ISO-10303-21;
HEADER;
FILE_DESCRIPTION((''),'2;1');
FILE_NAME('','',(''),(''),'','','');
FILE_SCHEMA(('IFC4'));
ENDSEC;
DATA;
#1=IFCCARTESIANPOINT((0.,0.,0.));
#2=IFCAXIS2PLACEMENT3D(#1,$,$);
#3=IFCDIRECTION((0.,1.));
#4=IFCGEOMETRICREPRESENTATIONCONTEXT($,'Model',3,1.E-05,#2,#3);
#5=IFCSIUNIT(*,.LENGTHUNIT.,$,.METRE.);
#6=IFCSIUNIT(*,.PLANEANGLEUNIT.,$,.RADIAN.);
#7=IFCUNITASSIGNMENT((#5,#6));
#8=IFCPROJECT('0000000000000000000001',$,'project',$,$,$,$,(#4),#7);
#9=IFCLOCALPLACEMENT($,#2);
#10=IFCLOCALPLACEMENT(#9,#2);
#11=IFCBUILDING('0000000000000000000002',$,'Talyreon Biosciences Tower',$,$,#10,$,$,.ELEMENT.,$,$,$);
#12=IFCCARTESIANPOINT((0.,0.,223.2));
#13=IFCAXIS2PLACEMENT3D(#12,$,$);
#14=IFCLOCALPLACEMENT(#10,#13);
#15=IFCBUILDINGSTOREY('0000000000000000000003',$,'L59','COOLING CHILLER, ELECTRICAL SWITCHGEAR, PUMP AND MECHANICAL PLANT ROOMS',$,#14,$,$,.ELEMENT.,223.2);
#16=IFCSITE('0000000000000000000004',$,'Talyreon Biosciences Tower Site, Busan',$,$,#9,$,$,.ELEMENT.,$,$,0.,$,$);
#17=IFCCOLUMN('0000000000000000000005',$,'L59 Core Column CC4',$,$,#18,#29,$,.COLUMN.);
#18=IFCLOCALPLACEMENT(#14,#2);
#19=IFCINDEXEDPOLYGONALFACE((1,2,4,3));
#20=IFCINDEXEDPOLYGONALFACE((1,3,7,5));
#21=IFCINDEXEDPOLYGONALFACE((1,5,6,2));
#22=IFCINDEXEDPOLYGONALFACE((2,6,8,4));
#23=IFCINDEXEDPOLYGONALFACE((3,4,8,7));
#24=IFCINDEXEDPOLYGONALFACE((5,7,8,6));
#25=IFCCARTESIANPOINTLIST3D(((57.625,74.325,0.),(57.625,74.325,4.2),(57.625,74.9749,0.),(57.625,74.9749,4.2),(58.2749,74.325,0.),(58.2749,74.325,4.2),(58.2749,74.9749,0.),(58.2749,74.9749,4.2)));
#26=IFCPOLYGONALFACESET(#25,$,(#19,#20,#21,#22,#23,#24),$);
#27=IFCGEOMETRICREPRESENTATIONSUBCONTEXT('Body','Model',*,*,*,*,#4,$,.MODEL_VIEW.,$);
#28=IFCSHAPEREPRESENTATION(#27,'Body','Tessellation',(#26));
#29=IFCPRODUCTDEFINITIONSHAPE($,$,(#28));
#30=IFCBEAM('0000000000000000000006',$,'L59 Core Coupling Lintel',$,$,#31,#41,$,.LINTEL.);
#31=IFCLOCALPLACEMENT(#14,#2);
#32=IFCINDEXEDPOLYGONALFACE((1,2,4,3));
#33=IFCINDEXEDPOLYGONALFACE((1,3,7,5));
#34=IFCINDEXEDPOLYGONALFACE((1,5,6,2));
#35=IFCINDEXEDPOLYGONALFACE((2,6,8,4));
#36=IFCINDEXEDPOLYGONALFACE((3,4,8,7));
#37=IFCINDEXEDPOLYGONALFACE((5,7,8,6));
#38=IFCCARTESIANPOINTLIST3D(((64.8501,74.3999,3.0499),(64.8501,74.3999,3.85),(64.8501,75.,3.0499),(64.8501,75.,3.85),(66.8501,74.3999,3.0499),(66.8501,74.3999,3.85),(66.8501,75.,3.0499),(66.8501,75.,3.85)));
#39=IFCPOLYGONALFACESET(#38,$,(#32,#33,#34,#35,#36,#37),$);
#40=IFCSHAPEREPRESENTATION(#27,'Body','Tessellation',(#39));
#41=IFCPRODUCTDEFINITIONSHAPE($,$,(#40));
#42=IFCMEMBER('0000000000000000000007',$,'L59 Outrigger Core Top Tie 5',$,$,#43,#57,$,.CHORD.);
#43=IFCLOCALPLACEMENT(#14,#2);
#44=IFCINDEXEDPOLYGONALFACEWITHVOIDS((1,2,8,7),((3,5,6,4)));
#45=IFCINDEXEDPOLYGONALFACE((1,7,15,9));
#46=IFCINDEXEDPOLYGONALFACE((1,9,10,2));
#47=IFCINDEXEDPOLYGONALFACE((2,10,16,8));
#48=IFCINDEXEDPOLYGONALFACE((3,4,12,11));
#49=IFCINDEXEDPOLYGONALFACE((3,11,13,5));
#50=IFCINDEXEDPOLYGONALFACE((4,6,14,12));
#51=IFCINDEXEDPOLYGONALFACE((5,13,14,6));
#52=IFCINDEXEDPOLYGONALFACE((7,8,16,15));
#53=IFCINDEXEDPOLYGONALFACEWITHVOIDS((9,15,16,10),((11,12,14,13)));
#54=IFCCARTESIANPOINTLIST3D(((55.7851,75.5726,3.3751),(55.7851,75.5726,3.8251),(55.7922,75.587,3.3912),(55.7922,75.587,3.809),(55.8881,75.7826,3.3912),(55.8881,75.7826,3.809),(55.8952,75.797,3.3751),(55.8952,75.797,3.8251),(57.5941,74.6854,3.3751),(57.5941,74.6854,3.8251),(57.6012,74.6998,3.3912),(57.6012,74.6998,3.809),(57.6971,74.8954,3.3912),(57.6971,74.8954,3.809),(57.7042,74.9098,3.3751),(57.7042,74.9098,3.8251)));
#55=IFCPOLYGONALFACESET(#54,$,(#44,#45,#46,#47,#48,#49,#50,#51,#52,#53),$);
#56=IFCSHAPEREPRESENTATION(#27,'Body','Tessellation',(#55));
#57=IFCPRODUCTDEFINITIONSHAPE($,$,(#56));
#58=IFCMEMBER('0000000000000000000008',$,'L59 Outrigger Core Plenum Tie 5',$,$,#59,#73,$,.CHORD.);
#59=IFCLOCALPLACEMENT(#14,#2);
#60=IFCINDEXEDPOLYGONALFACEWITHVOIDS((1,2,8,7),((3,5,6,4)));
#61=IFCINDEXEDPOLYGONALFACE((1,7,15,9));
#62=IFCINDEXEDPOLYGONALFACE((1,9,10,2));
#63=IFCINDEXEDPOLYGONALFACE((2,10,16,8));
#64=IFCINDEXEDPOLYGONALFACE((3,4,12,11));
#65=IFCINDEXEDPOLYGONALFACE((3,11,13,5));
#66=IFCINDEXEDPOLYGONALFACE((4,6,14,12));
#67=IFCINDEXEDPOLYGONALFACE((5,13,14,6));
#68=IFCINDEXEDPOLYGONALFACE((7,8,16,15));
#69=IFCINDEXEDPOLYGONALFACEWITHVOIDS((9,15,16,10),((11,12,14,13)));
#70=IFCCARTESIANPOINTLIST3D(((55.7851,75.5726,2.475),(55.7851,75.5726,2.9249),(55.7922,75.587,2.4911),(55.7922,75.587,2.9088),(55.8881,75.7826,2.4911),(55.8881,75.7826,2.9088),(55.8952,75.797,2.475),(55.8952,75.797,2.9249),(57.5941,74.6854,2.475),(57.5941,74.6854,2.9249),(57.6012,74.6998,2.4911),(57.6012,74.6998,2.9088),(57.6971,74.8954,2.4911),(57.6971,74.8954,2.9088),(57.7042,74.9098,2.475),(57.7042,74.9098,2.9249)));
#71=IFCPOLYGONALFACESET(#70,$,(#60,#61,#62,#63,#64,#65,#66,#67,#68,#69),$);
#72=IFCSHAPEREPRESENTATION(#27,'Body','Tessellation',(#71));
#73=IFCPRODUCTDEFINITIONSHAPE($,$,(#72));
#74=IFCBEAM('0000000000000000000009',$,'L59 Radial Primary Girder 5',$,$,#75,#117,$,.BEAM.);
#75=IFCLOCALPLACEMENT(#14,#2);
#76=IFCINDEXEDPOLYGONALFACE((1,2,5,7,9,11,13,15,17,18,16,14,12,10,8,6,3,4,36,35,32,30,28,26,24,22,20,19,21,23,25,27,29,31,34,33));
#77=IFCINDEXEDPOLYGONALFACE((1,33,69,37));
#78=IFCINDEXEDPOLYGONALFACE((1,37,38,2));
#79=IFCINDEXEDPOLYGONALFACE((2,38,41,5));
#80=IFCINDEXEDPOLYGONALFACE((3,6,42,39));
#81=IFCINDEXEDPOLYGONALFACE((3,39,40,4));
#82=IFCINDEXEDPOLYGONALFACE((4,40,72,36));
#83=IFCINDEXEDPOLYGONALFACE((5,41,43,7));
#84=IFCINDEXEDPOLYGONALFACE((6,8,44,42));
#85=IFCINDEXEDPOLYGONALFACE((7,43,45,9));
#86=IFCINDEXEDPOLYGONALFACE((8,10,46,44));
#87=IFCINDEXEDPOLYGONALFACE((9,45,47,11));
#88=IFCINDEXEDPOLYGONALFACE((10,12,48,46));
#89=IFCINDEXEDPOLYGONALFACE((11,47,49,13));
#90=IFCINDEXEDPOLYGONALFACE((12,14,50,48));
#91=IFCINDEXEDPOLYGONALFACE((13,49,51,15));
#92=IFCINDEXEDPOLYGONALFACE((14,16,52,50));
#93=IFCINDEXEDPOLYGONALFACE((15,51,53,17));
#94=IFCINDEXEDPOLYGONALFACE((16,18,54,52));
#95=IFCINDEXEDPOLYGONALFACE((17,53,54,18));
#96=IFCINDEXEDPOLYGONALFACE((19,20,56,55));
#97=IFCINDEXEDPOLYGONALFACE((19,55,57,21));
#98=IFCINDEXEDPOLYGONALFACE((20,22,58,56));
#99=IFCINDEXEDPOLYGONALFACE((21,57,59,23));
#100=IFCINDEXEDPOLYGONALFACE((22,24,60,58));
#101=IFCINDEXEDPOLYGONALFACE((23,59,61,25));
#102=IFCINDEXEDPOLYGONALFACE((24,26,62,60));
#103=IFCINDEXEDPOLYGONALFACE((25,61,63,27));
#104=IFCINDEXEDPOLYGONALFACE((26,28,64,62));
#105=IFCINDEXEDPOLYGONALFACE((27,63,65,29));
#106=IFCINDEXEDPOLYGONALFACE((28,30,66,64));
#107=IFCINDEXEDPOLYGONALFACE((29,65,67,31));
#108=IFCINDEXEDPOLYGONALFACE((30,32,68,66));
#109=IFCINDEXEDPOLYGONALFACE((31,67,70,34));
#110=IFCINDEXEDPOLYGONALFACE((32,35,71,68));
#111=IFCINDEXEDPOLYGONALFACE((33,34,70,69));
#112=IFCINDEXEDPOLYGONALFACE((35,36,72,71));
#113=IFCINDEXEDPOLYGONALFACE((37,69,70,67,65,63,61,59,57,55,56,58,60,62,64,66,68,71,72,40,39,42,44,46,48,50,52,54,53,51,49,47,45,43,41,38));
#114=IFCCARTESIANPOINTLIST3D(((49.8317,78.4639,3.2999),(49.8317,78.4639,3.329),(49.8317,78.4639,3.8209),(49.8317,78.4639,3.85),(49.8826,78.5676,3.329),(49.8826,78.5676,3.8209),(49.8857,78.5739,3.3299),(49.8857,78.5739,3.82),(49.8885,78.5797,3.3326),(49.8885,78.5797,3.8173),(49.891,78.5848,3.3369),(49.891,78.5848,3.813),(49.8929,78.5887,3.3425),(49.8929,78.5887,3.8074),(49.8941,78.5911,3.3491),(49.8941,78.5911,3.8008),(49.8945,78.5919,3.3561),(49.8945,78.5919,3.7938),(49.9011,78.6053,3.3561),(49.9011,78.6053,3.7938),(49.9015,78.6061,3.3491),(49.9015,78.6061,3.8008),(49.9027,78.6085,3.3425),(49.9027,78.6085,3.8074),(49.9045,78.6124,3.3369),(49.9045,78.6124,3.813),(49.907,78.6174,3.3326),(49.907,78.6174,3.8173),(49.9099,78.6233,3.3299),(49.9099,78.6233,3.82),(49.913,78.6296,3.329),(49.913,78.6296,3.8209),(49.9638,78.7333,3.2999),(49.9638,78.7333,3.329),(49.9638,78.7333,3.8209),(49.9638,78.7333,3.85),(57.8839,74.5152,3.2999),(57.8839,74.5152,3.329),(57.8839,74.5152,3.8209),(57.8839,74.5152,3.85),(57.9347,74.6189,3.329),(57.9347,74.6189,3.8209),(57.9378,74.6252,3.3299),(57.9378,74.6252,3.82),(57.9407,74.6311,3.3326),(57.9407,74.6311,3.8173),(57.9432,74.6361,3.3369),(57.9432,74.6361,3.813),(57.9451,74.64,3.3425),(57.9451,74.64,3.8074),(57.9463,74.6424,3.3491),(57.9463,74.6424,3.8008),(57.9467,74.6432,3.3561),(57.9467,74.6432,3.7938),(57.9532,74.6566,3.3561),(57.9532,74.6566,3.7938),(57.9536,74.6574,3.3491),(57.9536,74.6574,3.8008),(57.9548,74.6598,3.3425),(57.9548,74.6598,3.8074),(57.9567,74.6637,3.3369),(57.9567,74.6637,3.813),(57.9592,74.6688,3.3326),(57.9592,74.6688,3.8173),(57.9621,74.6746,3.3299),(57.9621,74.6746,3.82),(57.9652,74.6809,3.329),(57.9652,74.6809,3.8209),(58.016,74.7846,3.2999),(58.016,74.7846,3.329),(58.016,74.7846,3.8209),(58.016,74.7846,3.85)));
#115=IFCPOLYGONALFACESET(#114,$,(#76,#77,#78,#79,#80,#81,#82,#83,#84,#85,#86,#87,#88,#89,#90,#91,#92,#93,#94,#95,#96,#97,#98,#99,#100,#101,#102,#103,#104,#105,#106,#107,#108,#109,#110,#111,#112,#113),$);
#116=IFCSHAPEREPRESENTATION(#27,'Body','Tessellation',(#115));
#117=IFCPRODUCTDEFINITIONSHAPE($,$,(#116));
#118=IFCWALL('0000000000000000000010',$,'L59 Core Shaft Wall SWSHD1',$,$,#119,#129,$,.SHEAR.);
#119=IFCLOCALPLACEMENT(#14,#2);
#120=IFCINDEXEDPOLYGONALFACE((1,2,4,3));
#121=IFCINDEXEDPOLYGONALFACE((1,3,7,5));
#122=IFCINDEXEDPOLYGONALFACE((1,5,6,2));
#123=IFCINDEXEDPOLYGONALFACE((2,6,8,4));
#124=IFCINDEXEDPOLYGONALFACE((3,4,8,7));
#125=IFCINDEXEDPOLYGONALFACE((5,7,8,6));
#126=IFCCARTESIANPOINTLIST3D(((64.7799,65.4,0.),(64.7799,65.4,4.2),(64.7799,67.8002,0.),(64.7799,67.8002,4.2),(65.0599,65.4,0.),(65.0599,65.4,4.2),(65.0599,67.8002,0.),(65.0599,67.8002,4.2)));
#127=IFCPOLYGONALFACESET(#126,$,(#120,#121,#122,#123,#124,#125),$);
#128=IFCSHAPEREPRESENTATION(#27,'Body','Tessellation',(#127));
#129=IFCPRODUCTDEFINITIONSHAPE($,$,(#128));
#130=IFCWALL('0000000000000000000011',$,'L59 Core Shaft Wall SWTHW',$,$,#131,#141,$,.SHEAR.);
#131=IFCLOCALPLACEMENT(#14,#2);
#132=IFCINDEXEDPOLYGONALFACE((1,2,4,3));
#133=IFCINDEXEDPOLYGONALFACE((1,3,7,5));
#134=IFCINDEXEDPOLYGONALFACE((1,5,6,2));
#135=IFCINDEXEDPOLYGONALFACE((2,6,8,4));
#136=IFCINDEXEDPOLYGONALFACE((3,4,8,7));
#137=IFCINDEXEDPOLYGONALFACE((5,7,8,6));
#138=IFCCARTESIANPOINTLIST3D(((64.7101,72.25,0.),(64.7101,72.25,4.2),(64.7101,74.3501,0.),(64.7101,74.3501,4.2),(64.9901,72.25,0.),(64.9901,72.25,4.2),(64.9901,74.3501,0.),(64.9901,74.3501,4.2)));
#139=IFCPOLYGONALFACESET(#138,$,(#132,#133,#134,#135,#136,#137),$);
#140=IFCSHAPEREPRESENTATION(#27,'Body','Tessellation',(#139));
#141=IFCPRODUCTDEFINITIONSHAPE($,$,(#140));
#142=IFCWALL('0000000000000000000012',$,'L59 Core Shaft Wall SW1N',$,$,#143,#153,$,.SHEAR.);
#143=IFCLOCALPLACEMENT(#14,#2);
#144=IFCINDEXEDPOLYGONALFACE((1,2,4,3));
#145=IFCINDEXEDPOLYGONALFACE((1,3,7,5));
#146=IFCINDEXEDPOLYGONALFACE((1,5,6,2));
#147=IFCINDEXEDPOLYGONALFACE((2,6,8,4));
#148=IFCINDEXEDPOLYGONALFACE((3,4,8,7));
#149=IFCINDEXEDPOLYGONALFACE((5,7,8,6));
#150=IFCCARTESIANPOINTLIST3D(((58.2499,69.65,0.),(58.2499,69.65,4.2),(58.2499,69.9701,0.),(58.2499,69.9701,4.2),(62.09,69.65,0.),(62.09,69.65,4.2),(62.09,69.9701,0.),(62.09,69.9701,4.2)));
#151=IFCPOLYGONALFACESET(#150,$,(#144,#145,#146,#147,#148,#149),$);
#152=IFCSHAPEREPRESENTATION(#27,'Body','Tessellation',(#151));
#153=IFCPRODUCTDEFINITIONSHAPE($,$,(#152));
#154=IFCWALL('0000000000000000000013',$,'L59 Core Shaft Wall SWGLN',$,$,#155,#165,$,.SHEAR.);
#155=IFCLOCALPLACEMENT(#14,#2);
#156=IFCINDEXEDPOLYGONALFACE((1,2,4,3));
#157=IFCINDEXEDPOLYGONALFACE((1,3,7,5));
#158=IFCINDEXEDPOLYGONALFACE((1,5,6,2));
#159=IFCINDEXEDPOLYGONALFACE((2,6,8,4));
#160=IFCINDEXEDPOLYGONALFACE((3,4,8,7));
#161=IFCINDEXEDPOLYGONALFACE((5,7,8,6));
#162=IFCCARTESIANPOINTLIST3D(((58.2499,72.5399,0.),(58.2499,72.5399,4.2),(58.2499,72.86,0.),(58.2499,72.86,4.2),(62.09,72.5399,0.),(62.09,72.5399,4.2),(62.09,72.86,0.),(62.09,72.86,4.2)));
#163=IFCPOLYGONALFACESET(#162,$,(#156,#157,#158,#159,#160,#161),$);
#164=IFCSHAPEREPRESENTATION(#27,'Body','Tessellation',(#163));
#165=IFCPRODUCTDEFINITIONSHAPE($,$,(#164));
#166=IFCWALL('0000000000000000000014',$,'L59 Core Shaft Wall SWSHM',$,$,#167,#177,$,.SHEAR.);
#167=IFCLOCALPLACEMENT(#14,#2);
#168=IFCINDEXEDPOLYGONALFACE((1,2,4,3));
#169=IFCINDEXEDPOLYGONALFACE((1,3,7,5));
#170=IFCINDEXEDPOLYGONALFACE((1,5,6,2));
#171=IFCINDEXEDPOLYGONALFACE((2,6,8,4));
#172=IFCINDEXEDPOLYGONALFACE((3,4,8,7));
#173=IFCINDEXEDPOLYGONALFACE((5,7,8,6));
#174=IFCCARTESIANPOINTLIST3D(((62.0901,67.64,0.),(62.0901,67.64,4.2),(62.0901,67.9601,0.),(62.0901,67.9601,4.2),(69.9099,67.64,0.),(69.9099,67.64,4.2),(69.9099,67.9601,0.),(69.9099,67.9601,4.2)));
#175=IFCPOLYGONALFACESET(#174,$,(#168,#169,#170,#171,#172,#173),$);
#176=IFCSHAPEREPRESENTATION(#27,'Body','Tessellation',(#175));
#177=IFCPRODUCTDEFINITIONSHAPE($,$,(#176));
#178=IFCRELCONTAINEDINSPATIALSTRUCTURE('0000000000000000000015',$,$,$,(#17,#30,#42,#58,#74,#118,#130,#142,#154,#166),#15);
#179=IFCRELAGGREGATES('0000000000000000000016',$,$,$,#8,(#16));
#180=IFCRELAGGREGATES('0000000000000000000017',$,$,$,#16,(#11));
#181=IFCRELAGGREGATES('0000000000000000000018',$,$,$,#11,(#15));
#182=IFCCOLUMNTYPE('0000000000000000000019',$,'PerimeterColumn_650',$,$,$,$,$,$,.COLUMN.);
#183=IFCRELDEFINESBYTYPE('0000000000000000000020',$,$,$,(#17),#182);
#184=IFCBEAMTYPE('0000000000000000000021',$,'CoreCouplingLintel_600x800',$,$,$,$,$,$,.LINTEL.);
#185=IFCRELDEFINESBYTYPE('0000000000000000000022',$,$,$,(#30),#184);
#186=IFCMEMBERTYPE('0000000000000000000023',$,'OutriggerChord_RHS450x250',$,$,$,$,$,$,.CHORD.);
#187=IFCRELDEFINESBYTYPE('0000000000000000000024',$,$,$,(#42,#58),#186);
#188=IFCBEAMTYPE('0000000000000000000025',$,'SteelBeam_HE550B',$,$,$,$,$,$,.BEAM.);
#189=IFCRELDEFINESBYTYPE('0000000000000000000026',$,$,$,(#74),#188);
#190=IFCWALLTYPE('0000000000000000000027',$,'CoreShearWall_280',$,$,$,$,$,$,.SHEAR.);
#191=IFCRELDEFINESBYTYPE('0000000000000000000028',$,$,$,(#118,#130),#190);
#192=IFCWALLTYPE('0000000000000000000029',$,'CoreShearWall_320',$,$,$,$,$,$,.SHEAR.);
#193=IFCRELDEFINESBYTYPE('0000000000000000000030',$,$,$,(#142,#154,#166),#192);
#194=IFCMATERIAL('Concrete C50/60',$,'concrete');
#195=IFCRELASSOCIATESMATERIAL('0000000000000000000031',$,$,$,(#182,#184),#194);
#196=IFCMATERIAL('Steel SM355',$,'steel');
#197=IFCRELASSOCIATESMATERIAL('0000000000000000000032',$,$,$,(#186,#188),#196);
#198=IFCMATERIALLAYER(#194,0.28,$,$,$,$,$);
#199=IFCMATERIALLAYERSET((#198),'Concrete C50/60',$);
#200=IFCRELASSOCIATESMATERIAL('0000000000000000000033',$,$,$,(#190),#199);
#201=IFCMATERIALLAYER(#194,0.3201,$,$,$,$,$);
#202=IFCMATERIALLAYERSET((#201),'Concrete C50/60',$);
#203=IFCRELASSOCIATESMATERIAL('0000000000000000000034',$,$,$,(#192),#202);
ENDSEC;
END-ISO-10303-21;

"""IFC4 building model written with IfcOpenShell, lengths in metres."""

from ifc_helpers import new_model, si_unit, direction, frame, frame_2d, origin, origin_2d, place, context, subcontext, project, spatial, rectangle, hollow_rectangle, i_section, extrude, material, layer, layer_set, material_profile, profile_set, type_object, element, save


model = new_model("IFC4")

# Units and contexts
model_context = context("Model", 3, precision=1e-05, world=origin(), true_north=direction((0.0, 1.0)))
body_context = subcontext(model_context, "Body", "Model", "MODEL_VIEW")
ifc_project = project(units=[si_unit("LENGTHUNIT", "METRE"), si_unit("PLANEANGLEUNIT", "RADIAN")], contexts=[model_context])

# Site, building, storey
site_placement = place(None, origin())
site = spatial("IfcSite", under=ifc_project, at=site_placement, Name="Talyreon Biosciences Tower Site, Busan", CompositionType="ELEMENT", RefElevation=0.0)
building_placement = place(site_placement, origin())
building = spatial("IfcBuilding", under=site, at=building_placement, Name="Talyreon Biosciences Tower", CompositionType="ELEMENT")
storey_placement = place(building_placement, frame((0.0, 0.0, 223.2)))
storey = spatial("IfcBuildingStorey", under=building, at=storey_placement, Name="L59", Description="COOLING CHILLER, ELECTRICAL SWITCHGEAR, PUMP AND MECHANICAL PLANT ROOMS", CompositionType="ELEMENT", Elevation=223.2)

# Column
ifc_material_1 = material(Name="Concrete C50/60", Category="concrete")
ifc_material_profile_1 = material_profile(ifc_material_1, rectangle(XDim=0.6499, YDim=0.6499, at=origin_2d()), Name="RC 650x650")
ifc_profile_set_1 = profile_set([ifc_material_profile_1], Name="Concrete C50/60")
column_type = type_object("IfcColumnType", Name="PerimeterColumn_650", PredefinedType="COLUMN", material=ifc_profile_set_1)
column_placement = place(storey_placement, frame((57.95, 74.6499, 0.0), z_axis=(0.0, 0.0, 1.0), x_axis=(1.0, 0.0, 0.0)))
element("IfcColumn", 1, at=column_placement, inside=storey, type_object=column_type, Name="L59 Core Column CC4", PredefinedType="COLUMN", context=body_context, shape_type="SweptSolid", body=[
    extrude(rectangle(XDim=0.6499, YDim=0.6499, at=origin_2d()), origin(), (0.0, 0.0, 1.0), 4.2),
])

# Beam
ifc_material_profile_2 = material_profile(ifc_material_1, rectangle(XDim=0.6001, YDim=0.8, at=origin_2d()), Name="RCB 600x800")
ifc_profile_set_2 = profile_set([ifc_material_profile_2], Name="Concrete C50/60")
beam_type_1 = type_object("IfcBeamType", Name="CoreCouplingLintel_600x800", PredefinedType="LINTEL", material=ifc_profile_set_2)
beam_1_placement = place(storey_placement, frame((64.8501, 74.7, 3.45), z_axis=(1.0, 0.0, 0.0), x_axis=(0.0, 1.0, 0.0)))
element("IfcBeam", 2, at=beam_1_placement, inside=storey, type_object=beam_type_1, Name="L59 Core Coupling Lintel", PredefinedType="LINTEL", context=body_context, shape_type="SweptSolid", body=[
    extrude(rectangle(XDim=0.6001, YDim=0.8, at=origin_2d()), origin(), (0.0, 0.0, 1.0), 2.0),
])

# Members
ifc_material_2 = material(Name="Steel SM355", Category="steel")
ifc_material_profile_3 = material_profile(ifc_material_2, hollow_rectangle(XDim=0.25, YDim=0.45, WallThickness=0.0161, at=origin_2d()), Name="RHS 450x250x16")
ifc_profile_set_3 = profile_set([ifc_material_profile_3], Name="Steel SM355")
member_type = type_object("IfcMemberType", Name="OutriggerChord_RHS450x250", PredefinedType="CHORD", material=ifc_profile_set_3)
for number, where, z_axis, x_axis, name in (
    (3, (57.6492, 74.7976, 3.6001), (-0.897842, 0.440318, 0.0), (-0.440318, -0.897842, 0.0), "L59 Outrigger Core Top Tie 5"),
    (4, (57.6492, 74.7976, 2.7), (-0.897842, 0.440318, 0.0), (-0.440318, -0.897842, 0.0), "L59 Outrigger Core Plenum Tie 5"),
):
    element("IfcMember", number, at=place(storey_placement, frame(where, z_axis=z_axis, x_axis=x_axis)), inside=storey, type_object=member_type, Name=name, PredefinedType="CHORD", context=body_context, shape_type="SweptSolid", body=[
        extrude(hollow_rectangle(XDim=0.25, YDim=0.45, WallThickness=0.0161, at=origin_2d()), origin(), (0.0, 0.0, 1.0), 2.0149),
    ])

# Beam
ifc_material_profile_4 = material_profile(ifc_material_2, i_section(OverallWidth=0.3, OverallDepth=0.55, WebThickness=0.0149, FlangeThickness=0.0291, FilletRadius=0.0271, at=origin_2d()), Name="HE550B")
ifc_profile_set_4 = profile_set([ifc_material_profile_4], Name="Steel SM355")
beam_type_2 = type_object("IfcBeamType", Name="SteelBeam_HE550B", PredefinedType="BEAM", material=ifc_profile_set_4)
beam_2_placement = place(storey_placement, frame((57.95, 74.6499, 3.575), z_axis=(-0.897852, 0.440297, 0.0), x_axis=(-0.440297, -0.897852, 0.0)))
element("IfcBeam", 5, at=beam_2_placement, inside=storey, type_object=beam_type_2, Name="L59 Radial Primary Girder 5", PredefinedType="BEAM", context=body_context, shape_type="SweptSolid", body=[
    extrude(i_section(OverallWidth=0.3, OverallDepth=0.55, WebThickness=0.0149, FlangeThickness=0.0291, FilletRadius=0.0271, at=origin_2d()), origin(), (0.0, 0.0, 1.0), 8.9683),
])

# Walls
ifc_layer_1 = layer(ifc_material_1, 0.28)
ifc_layer_set_1 = layer_set([ifc_layer_1], Name="Concrete C50/60")
wall_type_1 = type_object("IfcWallType", Name="CoreShearWall_280", PredefinedType="SHEAR", material=ifc_layer_set_1)
wall_1_placement = place(storey_placement, frame((64.9199, 65.3999, 0.0), z_axis=(0.0, 0.0, 1.0), x_axis=(0.0, 1.0, 0.0)))
element("IfcWall", 6, at=wall_1_placement, inside=storey, type_object=wall_type_1, Name="L59 Core Shaft Wall SWSHD1", PredefinedType="SHEAR", context=body_context, shape_type="SweptSolid", body=[
    extrude(rectangle(XDim=2.4001, YDim=0.28, at=frame_2d((1.2002, 0.0))), origin(), (0.0, 0.0, 1.0), 4.2),
])
wall_2_placement = place(storey_placement, frame((64.8501, 72.25, 0.0), z_axis=(0.0, 0.0, 1.0), x_axis=(0.0, 1.0, 0.0)))
element("IfcWall", 7, at=wall_2_placement, inside=storey, type_object=wall_type_1, Name="L59 Core Shaft Wall SWTHW", PredefinedType="SHEAR", context=body_context, shape_type="SweptSolid", body=[
    extrude(rectangle(XDim=2.1001, YDim=0.28, at=frame_2d((1.05, 0.0))), origin(), (0.0, 0.0, 1.0), 4.2),
])
ifc_layer_2 = layer(ifc_material_1, 0.3201)
ifc_layer_set_2 = layer_set([ifc_layer_2], Name="Concrete C50/60")
wall_type_2 = type_object("IfcWallType", Name="CoreShearWall_320", PredefinedType="SHEAR", material=ifc_layer_set_2)
for number, where, z_axis, x_axis, name in (
    (8, (58.25, 69.8101, 0.0), (0.0, 0.0, 1.0), (1.0, 0.0, 0.0), "L59 Core Shaft Wall SW1N"),
    (9, (58.25, 72.7, 0.0), (0.0, 0.0, 1.0), (1.0, 0.0, 0.0), "L59 Core Shaft Wall SWGLN"),
):
    element("IfcWall", number, at=place(storey_placement, frame(where, z_axis=z_axis, x_axis=x_axis)), inside=storey, type_object=wall_type_2, Name=name, PredefinedType="SHEAR", context=body_context, shape_type="SweptSolid", body=[
        extrude(rectangle(XDim=3.8401, YDim=0.3201, at=frame_2d((1.9199, 0.0))), origin(), (0.0, 0.0, 1.0), 4.2),
    ])
wall_3_placement = place(storey_placement, frame((62.0901, 67.8, 0.0), z_axis=(0.0, 0.0, 1.0), x_axis=(1.0, 0.0, 0.0)))
element("IfcWall", 10, at=wall_3_placement, inside=storey, type_object=wall_type_2, Name="L59 Core Shaft Wall SWSHM", PredefinedType="SHEAR", context=body_context, shape_type="SweptSolid", body=[
    extrude(rectangle(XDim=7.8198, YDim=0.3201, at=frame_2d((3.9099, 0.0))), origin(), (0.0, 0.0, 1.0), 4.2),
])

save(model, "model.ifc")
